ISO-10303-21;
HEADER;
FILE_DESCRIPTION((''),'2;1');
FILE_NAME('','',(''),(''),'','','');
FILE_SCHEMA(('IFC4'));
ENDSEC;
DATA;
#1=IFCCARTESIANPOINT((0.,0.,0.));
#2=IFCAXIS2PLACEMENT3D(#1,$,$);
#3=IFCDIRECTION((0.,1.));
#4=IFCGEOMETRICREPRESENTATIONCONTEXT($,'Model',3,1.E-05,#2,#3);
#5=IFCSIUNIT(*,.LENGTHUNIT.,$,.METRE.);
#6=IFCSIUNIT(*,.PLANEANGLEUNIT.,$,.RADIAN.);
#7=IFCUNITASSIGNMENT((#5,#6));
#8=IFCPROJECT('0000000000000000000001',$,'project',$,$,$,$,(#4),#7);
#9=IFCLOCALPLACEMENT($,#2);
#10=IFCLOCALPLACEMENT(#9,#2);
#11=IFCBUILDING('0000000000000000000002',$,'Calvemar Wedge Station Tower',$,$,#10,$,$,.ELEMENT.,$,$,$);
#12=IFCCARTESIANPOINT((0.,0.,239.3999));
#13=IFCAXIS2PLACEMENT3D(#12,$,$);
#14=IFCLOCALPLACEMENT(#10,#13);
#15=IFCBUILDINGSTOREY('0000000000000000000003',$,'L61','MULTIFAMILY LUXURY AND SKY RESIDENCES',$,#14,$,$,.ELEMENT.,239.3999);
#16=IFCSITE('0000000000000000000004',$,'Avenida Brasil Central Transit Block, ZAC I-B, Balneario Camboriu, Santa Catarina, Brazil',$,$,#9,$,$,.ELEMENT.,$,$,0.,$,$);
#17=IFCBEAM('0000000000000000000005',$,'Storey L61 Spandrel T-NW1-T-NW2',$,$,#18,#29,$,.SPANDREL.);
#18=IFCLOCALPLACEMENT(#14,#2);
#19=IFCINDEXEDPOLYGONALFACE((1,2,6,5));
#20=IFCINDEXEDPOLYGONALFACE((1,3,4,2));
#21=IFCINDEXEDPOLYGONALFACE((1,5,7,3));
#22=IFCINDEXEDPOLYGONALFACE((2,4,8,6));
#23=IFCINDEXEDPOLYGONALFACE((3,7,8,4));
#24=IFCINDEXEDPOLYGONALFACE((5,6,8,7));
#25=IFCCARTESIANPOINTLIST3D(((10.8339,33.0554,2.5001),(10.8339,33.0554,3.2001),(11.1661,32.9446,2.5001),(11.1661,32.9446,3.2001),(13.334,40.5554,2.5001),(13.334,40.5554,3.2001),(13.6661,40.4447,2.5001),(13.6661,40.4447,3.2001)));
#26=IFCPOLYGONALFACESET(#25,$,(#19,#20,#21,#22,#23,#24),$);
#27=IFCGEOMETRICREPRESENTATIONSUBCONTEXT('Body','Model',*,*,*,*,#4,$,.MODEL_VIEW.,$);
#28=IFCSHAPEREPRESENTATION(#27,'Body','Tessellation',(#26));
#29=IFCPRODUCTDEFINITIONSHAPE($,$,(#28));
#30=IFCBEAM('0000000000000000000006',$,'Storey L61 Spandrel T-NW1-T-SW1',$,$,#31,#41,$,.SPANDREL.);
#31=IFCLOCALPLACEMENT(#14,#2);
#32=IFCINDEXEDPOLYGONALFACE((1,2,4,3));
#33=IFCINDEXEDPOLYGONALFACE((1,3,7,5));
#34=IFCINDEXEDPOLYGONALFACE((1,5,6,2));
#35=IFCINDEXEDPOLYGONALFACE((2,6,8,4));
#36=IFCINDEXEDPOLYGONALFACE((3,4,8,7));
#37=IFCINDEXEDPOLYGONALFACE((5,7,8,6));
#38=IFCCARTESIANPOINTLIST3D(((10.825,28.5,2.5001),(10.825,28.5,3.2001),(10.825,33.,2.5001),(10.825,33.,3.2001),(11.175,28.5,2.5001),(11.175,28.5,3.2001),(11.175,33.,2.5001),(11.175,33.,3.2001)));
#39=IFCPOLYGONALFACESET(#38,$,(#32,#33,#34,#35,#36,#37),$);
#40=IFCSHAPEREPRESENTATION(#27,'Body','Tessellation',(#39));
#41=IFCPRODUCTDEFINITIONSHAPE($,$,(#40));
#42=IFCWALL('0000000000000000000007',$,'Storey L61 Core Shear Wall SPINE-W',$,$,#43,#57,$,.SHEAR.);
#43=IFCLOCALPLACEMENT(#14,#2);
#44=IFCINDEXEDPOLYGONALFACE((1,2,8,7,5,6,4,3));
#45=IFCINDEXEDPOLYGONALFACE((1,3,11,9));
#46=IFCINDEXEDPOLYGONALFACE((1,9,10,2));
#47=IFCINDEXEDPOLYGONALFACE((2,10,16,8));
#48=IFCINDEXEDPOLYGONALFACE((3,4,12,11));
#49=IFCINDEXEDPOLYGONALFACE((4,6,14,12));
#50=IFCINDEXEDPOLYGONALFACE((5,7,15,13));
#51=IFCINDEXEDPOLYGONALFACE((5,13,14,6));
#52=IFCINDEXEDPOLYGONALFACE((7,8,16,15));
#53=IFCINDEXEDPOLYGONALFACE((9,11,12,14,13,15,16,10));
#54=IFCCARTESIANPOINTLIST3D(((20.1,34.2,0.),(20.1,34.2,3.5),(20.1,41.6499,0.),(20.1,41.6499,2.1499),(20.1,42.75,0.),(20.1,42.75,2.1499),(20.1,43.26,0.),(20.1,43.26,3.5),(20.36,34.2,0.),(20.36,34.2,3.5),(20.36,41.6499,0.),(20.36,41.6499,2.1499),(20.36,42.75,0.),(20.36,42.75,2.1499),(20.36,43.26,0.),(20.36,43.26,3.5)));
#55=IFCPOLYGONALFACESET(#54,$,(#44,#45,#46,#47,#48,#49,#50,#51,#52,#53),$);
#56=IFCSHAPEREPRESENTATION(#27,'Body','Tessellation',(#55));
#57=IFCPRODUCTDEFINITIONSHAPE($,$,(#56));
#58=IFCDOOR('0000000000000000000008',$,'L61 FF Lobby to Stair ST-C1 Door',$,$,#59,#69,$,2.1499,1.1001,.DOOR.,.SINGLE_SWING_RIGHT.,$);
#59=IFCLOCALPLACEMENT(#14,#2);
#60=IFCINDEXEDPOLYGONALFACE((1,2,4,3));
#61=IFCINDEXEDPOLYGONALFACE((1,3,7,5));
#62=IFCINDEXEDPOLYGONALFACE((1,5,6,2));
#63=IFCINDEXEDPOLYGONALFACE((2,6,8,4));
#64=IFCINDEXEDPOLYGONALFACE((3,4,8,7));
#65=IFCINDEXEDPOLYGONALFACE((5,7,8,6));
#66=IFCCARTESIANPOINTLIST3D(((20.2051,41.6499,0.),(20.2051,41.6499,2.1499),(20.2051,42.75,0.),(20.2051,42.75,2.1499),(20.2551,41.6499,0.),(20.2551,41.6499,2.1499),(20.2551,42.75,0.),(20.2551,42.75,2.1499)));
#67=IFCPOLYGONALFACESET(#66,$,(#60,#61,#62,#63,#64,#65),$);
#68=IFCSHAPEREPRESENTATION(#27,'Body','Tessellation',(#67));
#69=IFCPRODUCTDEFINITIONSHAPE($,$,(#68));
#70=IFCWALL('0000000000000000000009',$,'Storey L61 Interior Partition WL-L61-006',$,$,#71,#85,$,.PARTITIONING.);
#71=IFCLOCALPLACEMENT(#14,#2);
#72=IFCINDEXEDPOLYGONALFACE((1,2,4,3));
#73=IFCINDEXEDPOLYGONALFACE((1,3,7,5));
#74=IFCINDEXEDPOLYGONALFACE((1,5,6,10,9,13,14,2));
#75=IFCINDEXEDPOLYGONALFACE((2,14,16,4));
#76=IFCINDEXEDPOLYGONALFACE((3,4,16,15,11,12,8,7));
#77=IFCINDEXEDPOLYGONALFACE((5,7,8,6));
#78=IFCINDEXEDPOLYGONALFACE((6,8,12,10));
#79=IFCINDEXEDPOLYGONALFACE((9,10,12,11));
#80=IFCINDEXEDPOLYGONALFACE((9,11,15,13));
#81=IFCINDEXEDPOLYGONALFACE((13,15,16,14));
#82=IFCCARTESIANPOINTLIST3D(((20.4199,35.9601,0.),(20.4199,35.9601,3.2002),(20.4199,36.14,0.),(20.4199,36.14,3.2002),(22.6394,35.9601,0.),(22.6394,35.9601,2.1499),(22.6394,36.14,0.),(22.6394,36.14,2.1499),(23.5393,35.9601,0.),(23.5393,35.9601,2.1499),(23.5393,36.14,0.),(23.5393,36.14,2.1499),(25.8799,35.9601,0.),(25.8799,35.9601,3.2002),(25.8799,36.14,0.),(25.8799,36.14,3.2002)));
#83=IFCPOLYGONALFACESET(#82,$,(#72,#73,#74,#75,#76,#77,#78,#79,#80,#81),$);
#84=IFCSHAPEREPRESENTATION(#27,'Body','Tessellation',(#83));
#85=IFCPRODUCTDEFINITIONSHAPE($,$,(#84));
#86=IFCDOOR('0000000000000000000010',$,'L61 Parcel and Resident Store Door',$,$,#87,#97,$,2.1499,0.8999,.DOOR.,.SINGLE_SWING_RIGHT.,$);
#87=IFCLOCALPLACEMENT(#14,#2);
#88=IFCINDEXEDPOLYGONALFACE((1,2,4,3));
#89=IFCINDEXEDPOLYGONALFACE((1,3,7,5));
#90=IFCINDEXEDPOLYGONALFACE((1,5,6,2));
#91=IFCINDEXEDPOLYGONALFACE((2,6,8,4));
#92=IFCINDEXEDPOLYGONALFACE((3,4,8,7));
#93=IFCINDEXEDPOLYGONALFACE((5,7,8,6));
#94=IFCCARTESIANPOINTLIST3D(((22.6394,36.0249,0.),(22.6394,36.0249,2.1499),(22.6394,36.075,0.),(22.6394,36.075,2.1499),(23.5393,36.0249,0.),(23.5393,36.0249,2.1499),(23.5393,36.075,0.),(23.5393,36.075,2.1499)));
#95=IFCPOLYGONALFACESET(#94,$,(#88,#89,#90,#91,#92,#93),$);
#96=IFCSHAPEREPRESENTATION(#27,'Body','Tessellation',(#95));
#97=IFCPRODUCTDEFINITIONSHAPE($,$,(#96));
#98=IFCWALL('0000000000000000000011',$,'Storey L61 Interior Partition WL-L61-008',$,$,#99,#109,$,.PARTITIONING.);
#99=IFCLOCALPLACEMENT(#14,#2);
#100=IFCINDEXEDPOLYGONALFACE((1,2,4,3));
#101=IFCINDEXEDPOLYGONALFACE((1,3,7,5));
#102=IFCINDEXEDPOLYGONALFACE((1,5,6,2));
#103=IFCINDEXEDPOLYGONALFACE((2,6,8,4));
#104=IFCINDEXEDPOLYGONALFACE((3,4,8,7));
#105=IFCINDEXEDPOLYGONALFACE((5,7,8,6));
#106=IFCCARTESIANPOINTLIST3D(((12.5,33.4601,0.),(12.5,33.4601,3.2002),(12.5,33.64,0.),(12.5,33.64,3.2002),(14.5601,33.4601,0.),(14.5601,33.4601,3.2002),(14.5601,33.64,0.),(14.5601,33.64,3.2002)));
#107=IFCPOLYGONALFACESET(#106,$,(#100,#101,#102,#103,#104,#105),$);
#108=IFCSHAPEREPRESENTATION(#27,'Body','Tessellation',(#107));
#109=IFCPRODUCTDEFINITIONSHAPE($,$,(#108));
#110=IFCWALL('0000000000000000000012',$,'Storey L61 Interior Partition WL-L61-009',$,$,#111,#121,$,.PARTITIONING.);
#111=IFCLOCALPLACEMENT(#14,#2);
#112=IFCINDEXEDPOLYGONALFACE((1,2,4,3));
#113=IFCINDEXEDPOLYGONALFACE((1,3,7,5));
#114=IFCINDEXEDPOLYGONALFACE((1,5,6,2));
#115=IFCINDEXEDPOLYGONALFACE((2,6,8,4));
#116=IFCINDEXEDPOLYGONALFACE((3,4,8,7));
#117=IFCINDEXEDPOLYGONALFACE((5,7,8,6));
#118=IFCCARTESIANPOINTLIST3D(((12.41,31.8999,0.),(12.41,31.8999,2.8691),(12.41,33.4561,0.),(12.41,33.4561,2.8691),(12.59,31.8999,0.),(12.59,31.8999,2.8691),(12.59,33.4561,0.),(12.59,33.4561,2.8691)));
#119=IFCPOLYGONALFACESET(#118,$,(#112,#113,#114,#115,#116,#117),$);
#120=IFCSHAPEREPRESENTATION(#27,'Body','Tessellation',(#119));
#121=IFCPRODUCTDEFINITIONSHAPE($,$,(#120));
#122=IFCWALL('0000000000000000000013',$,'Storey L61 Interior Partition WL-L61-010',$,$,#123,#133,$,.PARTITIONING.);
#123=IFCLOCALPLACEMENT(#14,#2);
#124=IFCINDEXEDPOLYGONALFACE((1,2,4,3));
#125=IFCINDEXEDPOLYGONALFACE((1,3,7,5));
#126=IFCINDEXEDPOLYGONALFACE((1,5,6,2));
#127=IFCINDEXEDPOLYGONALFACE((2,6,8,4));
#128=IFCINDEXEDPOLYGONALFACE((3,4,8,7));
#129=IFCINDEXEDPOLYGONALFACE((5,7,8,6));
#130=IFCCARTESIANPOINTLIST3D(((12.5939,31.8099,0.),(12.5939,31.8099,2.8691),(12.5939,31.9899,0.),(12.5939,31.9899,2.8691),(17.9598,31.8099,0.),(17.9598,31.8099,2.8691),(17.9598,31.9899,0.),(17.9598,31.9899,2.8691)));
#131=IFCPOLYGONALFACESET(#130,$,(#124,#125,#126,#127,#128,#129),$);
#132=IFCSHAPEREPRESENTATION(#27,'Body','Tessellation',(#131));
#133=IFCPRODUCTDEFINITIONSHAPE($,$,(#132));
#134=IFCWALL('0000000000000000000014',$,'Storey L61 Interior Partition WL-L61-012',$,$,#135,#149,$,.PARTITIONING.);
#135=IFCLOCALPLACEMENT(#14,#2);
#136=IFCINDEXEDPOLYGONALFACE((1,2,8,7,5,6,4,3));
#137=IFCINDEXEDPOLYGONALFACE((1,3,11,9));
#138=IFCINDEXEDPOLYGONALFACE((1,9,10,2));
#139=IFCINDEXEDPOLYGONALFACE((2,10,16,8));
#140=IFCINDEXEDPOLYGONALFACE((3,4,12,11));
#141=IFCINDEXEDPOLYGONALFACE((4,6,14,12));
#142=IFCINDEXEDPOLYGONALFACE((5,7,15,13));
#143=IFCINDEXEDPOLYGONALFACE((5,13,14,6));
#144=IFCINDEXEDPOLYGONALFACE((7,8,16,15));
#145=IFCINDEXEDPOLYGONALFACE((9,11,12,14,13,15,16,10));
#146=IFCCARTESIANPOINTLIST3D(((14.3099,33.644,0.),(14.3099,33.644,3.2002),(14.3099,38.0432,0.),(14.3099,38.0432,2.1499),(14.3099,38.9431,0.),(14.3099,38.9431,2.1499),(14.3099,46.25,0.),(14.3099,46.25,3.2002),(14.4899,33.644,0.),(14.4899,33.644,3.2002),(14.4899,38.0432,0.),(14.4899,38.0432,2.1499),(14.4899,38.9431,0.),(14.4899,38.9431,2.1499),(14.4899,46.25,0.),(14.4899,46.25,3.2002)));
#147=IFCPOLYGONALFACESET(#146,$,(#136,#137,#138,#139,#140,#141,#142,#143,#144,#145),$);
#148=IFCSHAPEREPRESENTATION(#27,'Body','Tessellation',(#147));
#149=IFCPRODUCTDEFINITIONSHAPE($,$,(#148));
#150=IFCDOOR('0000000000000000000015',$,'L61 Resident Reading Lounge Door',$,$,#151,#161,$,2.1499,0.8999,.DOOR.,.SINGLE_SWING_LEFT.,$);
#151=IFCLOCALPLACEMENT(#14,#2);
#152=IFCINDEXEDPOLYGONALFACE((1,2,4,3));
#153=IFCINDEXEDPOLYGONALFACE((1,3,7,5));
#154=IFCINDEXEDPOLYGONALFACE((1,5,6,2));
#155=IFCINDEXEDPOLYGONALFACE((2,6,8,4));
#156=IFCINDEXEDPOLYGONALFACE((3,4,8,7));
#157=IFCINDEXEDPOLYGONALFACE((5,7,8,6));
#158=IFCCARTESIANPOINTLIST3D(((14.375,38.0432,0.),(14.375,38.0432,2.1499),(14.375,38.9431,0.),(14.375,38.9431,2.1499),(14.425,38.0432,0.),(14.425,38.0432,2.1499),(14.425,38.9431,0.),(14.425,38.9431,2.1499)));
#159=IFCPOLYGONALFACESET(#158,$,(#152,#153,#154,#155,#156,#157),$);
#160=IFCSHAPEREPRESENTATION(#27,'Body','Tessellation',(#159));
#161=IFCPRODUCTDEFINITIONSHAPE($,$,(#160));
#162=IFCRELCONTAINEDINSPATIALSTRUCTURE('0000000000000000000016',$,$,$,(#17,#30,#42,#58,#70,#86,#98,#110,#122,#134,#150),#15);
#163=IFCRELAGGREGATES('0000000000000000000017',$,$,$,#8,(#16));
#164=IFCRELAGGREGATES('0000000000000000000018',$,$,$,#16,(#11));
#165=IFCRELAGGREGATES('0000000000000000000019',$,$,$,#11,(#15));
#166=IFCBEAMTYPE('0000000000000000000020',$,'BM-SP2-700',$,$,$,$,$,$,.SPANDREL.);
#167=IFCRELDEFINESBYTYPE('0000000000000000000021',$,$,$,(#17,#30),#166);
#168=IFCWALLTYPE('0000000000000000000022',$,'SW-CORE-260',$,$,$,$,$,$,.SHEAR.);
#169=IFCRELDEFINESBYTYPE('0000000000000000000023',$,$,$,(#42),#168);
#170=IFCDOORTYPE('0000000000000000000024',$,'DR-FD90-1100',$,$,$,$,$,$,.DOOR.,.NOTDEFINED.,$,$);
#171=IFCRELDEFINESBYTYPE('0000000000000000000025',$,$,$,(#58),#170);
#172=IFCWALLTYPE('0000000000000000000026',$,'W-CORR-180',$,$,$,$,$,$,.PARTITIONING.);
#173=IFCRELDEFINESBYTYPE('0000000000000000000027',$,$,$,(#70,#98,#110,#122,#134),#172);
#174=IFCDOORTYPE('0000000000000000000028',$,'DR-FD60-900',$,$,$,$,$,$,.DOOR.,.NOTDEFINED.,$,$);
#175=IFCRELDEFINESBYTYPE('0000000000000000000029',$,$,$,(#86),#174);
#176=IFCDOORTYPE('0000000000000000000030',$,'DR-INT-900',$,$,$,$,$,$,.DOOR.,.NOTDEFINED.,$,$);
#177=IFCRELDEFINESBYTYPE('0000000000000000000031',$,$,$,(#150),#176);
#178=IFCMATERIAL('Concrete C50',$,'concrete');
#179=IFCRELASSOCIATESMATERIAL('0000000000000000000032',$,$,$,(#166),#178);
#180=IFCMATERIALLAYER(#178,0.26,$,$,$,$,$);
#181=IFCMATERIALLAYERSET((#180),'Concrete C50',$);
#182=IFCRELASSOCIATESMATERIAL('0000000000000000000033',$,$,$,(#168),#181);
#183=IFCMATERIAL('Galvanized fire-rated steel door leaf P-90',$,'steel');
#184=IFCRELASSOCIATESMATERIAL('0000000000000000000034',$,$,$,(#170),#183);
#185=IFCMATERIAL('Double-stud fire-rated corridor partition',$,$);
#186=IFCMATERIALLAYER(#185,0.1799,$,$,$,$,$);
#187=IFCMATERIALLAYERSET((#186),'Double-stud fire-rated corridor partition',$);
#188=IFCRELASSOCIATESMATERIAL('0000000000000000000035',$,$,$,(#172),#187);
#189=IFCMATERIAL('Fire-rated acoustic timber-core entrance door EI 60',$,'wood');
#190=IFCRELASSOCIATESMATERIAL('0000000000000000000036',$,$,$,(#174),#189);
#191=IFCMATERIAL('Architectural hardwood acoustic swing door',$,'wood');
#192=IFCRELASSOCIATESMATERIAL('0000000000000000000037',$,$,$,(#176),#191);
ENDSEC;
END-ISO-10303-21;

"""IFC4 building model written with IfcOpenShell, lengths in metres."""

from ifc_helpers import new_model, si_unit, direction, frame, frame_2d, origin, origin_2d, place, context, subcontext, project, spatial, rectangle, extrude, source, transform, mapped, material, layer, layer_set, material_profile, profile_set, type_object, element, fill, save


model = new_model("IFC4")

# Units and contexts
model_context = context("Model", 3, precision=1e-05, world=origin(), true_north=direction((0.0, 1.0)))
body_context = subcontext(model_context, "Body", "Model", "MODEL_VIEW")
ifc_project = project(units=[si_unit("LENGTHUNIT", "METRE"), si_unit("PLANEANGLEUNIT", "RADIAN")], contexts=[model_context])

# Site, building, storey
site_placement = place(None, origin())
site = spatial("IfcSite", under=ifc_project, at=site_placement, Name="Avenida Brasil Central Transit Block, ZAC I-B, Balneario Camboriu, Santa Catarina, Brazil", CompositionType="ELEMENT", RefElevation=0.0)
building_placement = place(site_placement, origin())
building = spatial("IfcBuilding", under=site, at=building_placement, Name="Calvemar Wedge Station Tower", CompositionType="ELEMENT")
storey_placement = place(building_placement, frame((0.0, 0.0, 239.3999)))
storey = spatial("IfcBuildingStorey", under=building, at=storey_placement, Name="L61", Description="MULTIFAMILY LUXURY AND SKY RESIDENCES", CompositionType="ELEMENT", Elevation=239.3999)

# Shared definitions
ifc_material_1 = material(Name="Concrete C50", Category="concrete")

# Beams
ifc_material_profile_1 = material_profile(ifc_material_1, rectangle(XDim=0.3501, YDim=0.7, at=origin_2d()), Name="RC350x700")
ifc_profile_set_1 = profile_set([ifc_material_profile_1], Name="Concrete C50")
beam_type_1 = type_object("IfcBeamType", Name="BM-SP2-700", PredefinedType="SPANDREL", material=ifc_profile_set_1)
shared_shape_1 = source(origin(), body_context, "Body", "SweptSolid", [
    extrude(rectangle(XDim=0.3501, YDim=0.7, at=origin_2d()), origin(), (0.0, 0.0, 1.0), 7.9058),
])
beam_1_placement = place(storey_placement, frame((11.0, 33.0, 2.8501), z_axis=(0.316228, 0.948683, 0.0), x_axis=(-0.948683, 0.316228, 0.0)))
element("IfcBeam", 1, at=beam_1_placement, inside=storey, type_object=beam_type_1, Name="Storey L61 Spandrel T-NW1-T-NW2", PredefinedType="SPANDREL", context=body_context, shape_type="MappedRepresentation", body=[
    mapped(shared_shape_1, transform((0.0, 0.0, 0.0), scale=1.0)),
])
shared_shape_2 = source(origin(), body_context, "Body", "SweptSolid", [
    extrude(rectangle(XDim=0.3501, YDim=0.7, at=origin_2d()), origin(), (0.0, 0.0, 1.0), 4.5),
])
beam_2_placement = place(storey_placement, frame((11.0, 33.0, 2.8501), z_axis=(0.0, -1.0, 0.0), x_axis=(1.0, 0.0, 0.0)))
element("IfcBeam", 2, at=beam_2_placement, inside=storey, type_object=beam_type_1, Name="Storey L61 Spandrel T-NW1-T-SW1", PredefinedType="SPANDREL", context=body_context, shape_type="MappedRepresentation", body=[
    mapped(shared_shape_2, transform((0.0, 0.0, 0.0), scale=1.0)),
])

# Walls, openings, doors
ifc_layer_1 = layer(ifc_material_1, 0.26)
ifc_layer_set_1 = layer_set([ifc_layer_1], Name="Concrete C50")
wall_type_1 = type_object("IfcWallType", Name="SW-CORE-260", PredefinedType="SHEAR", material=ifc_layer_set_1)
wall_1_placement = place(storey_placement, frame((20.23, 34.2, 0.0), z_axis=(0.0, 0.0, 1.0), x_axis=(0.0, 1.0, 0.0)))
wall_1 = element("IfcWall", 3, at=wall_1_placement, inside=storey, type_object=wall_type_1, Name="Storey L61 Core Shear Wall SPINE-W", PredefinedType="SHEAR", context=body_context, shape_type="SweptSolid", body=[
    extrude(rectangle(XDim=9.0601, YDim=0.26, at=frame_2d((4.53, 0.0))), origin(), (0.0, 0.0, 1.0), 3.5),
])
shared_shape_3 = source(origin(), body_context, "Body", "SweptSolid", [
    extrude(rectangle(XDim=1.1001, YDim=2.1499, at=frame_2d((0.55, 1.075))), frame((0.0, 0.1401, 0.0), z_axis=(0.0, -1.0, 0.0), x_axis=(1.0, 0.0, 0.0)), (0.0, 0.0, 1.0), 0.28),
])
opening_1_placement = place(wall_1_placement, frame((7.45, 0.0, 0.0)))
opening_1 = element("IfcOpeningElement", 4, at=opening_1_placement, cuts=wall_1, PredefinedType="OPENING", context=body_context, shape_type="MappedRepresentation", body=[
    mapped(shared_shape_3, transform((0.0, 0.0, 0.0), scale=1.0)),
])
ifc_material_2 = material(Name="Galvanized fire-rated steel door leaf P-90", Category="steel")
door_type_1 = type_object("IfcDoorType", Name="DR-FD90-1100", OperationType="NOTDEFINED", PredefinedType="DOOR", material=ifc_material_2)
shared_shape_4 = source(origin(), body_context, "Body", "SweptSolid", [
    extrude(rectangle(XDim=1.1001, YDim=2.1499, at=frame_2d((0.55, 1.075))), frame((0.0, 0.0249, 0.0), z_axis=(0.0, -1.0, 0.0), x_axis=(1.0, 0.0, 0.0)), (0.0, 0.0, 1.0), 0.05),
])
door_1_placement = place(opening_1_placement, origin())
door_1 = element("IfcDoor", 5, at=door_1_placement, inside=storey, type_object=door_type_1, Name="L61 FF Lobby to Stair ST-C1 Door", OperationType="SINGLE_SWING_RIGHT", OverallHeight=2.1499, OverallWidth=1.1001, PredefinedType="DOOR", context=body_context, shape_type="MappedRepresentation", body=[
    mapped(shared_shape_4, transform((0.0, 0.0, 0.0), scale=1.0)),
])
fill(opening_1, door_1)
ifc_material_3 = material(Name="Double-stud fire-rated corridor partition")
ifc_layer_2 = layer(ifc_material_3, 0.1799)
ifc_layer_set_2 = layer_set([ifc_layer_2], Name="Double-stud fire-rated corridor partition")
wall_type_2 = type_object("IfcWallType", Name="W-CORR-180", PredefinedType="PARTITIONING", material=ifc_layer_set_2)
wall_2_placement = place(storey_placement, frame((20.4199, 36.05, 0.0), z_axis=(0.0, 0.0, 1.0), x_axis=(1.0, 0.0, 0.0)))
wall_2 = element("IfcWall", 6, at=wall_2_placement, inside=storey, type_object=wall_type_2, Name="Storey L61 Interior Partition WL-L61-006", PredefinedType="PARTITIONING", context=body_context, shape_type="SweptSolid", body=[
    extrude(rectangle(XDim=5.46, YDim=0.1799, at=frame_2d((2.73, 0.0))), origin(), (0.0, 0.0, 1.0), 3.2002),
])
shared_shape_5 = source(origin(), body_context, "Body", "SweptSolid", [
    extrude(rectangle(XDim=0.8999, YDim=2.1499, at=frame_2d((0.45, 1.075))), frame((0.0, 0.1001, 0.0), z_axis=(0.0, -1.0, 0.0), x_axis=(1.0, 0.0, 0.0)), (0.0, 0.0, 1.0), 0.2),
])
opening_2_placement = place(wall_2_placement, frame((2.2195, 0.0, 0.0)))
opening_2 = element("IfcOpeningElement", 7, at=opening_2_placement, cuts=wall_2, PredefinedType="OPENING", context=body_context, shape_type="MappedRepresentation", body=[
    mapped(shared_shape_5, transform((0.0, 0.0, 0.0), scale=1.0)),
])
ifc_material_4 = material(Name="Fire-rated acoustic timber-core entrance door EI 60", Category="wood")
door_type_2 = type_object("IfcDoorType", Name="DR-FD60-900", OperationType="NOTDEFINED", PredefinedType="DOOR", material=ifc_material_4)
shared_shape_6 = source(origin(), body_context, "Body", "SweptSolid", [
    extrude(rectangle(XDim=0.8999, YDim=2.1499, at=frame_2d((0.45, 1.075))), frame((0.0, 0.0249, 0.0), z_axis=(0.0, -1.0, 0.0), x_axis=(1.0, 0.0, 0.0)), (0.0, 0.0, 1.0), 0.05),
])
door_2_placement = place(opening_2_placement, origin())
door_2 = element("IfcDoor", 8, at=door_2_placement, inside=storey, type_object=door_type_2, Name="L61 Parcel and Resident Store Door", OperationType="SINGLE_SWING_RIGHT", OverallHeight=2.1499, OverallWidth=0.8999, PredefinedType="DOOR", context=body_context, shape_type="MappedRepresentation", body=[
    mapped(shared_shape_6, transform((0.0, 0.0, 0.0), scale=1.0)),
])
fill(opening_2, door_2)

# Walls
wall_3_placement = place(storey_placement, frame((12.5, 33.55, 0.0), z_axis=(0.0, 0.0, 1.0), x_axis=(1.0, 0.0, 0.0)))
element("IfcWall", 9, at=wall_3_placement, inside=storey, type_object=wall_type_2, Name="Storey L61 Interior Partition WL-L61-008", PredefinedType="PARTITIONING", context=body_context, shape_type="SweptSolid", body=[
    extrude(rectangle(XDim=2.0601, YDim=0.1799, at=frame_2d((1.03, 0.0))), origin(), (0.0, 0.0, 1.0), 3.2002),
])
wall_4_placement = place(storey_placement, frame((12.5, 31.8999, 0.0), z_axis=(0.0, 0.0, 1.0), x_axis=(0.0, 1.0, 0.0)))
element("IfcWall", 10, at=wall_4_placement, inside=storey, type_object=wall_type_2, Name="Storey L61 Interior Partition WL-L61-009", PredefinedType="PARTITIONING", context=body_context, shape_type="SweptSolid", body=[
    extrude(rectangle(XDim=1.5562, YDim=0.1799, at=frame_2d((0.7781, 0.0))), origin(), (0.0, 0.0, 1.0), 2.8691),
])
wall_5_placement = place(storey_placement, frame((17.96, 31.8999, 0.0), z_axis=(0.0, 0.0, 1.0), x_axis=(-1.0, 0.0, 0.0)))
element("IfcWall", 11, at=wall_5_placement, inside=storey, type_object=wall_type_2, Name="Storey L61 Interior Partition WL-L61-010", PredefinedType="PARTITIONING", context=body_context, shape_type="SweptSolid", body=[
    extrude(rectangle(XDim=5.366, YDim=0.1799, at=frame_2d((2.6831, 0.0))), origin(), (0.0, 0.0, 1.0), 2.8691),
])

# Wall, opening, door
wall_6_placement = place(storey_placement, frame((14.3999, 33.644, 0.0), z_axis=(0.0, 0.0, 1.0), x_axis=(0.0, 1.0, 0.0)))
wall_6 = element("IfcWall", 12, at=wall_6_placement, inside=storey, type_object=wall_type_2, Name="Storey L61 Interior Partition WL-L61-012", PredefinedType="PARTITIONING", context=body_context, shape_type="SweptSolid", body=[
    extrude(rectangle(XDim=12.606, YDim=0.1799, at=frame_2d((6.303, 0.0))), origin(), (0.0, 0.0, 1.0), 3.2002),
])
opening_3_placement = place(wall_6_placement, frame((4.3992, 0.0, 0.0)))
opening_3 = element("IfcOpeningElement", 13, at=opening_3_placement, cuts=wall_6, PredefinedType="OPENING", context=body_context, shape_type="MappedRepresentation", body=[
    mapped(shared_shape_5, transform((0.0, 0.0, 0.0), scale=1.0)),
])
ifc_material_5 = material(Name="Architectural hardwood acoustic swing door", Category="wood")
door_type_3 = type_object("IfcDoorType", Name="DR-INT-900", OperationType="NOTDEFINED", PredefinedType="DOOR", material=ifc_material_5)
shared_shape_7 = source(origin(), body_context, "Body", "SweptSolid", [
    extrude(rectangle(XDim=0.8999, YDim=2.1499, at=frame_2d((0.45, 1.075))), frame((0.0, 0.0249, 0.0), z_axis=(0.0, -1.0, 0.0), x_axis=(1.0, 0.0, 0.0)), (0.0, 0.0, 1.0), 0.05),
])
door_3_placement = place(opening_3_placement, origin())
door_3 = element("IfcDoor", 14, at=door_3_placement, inside=storey, type_object=door_type_3, Name="L61 Resident Reading Lounge Door", OperationType="SINGLE_SWING_LEFT", OverallHeight=2.1499, OverallWidth=0.8999, PredefinedType="DOOR", context=body_context, shape_type="MappedRepresentation", body=[
    mapped(shared_shape_7, transform((0.0, 0.0, 0.0), scale=1.0)),
])
fill(opening_3, door_3)

save(model, "model.ifc")
